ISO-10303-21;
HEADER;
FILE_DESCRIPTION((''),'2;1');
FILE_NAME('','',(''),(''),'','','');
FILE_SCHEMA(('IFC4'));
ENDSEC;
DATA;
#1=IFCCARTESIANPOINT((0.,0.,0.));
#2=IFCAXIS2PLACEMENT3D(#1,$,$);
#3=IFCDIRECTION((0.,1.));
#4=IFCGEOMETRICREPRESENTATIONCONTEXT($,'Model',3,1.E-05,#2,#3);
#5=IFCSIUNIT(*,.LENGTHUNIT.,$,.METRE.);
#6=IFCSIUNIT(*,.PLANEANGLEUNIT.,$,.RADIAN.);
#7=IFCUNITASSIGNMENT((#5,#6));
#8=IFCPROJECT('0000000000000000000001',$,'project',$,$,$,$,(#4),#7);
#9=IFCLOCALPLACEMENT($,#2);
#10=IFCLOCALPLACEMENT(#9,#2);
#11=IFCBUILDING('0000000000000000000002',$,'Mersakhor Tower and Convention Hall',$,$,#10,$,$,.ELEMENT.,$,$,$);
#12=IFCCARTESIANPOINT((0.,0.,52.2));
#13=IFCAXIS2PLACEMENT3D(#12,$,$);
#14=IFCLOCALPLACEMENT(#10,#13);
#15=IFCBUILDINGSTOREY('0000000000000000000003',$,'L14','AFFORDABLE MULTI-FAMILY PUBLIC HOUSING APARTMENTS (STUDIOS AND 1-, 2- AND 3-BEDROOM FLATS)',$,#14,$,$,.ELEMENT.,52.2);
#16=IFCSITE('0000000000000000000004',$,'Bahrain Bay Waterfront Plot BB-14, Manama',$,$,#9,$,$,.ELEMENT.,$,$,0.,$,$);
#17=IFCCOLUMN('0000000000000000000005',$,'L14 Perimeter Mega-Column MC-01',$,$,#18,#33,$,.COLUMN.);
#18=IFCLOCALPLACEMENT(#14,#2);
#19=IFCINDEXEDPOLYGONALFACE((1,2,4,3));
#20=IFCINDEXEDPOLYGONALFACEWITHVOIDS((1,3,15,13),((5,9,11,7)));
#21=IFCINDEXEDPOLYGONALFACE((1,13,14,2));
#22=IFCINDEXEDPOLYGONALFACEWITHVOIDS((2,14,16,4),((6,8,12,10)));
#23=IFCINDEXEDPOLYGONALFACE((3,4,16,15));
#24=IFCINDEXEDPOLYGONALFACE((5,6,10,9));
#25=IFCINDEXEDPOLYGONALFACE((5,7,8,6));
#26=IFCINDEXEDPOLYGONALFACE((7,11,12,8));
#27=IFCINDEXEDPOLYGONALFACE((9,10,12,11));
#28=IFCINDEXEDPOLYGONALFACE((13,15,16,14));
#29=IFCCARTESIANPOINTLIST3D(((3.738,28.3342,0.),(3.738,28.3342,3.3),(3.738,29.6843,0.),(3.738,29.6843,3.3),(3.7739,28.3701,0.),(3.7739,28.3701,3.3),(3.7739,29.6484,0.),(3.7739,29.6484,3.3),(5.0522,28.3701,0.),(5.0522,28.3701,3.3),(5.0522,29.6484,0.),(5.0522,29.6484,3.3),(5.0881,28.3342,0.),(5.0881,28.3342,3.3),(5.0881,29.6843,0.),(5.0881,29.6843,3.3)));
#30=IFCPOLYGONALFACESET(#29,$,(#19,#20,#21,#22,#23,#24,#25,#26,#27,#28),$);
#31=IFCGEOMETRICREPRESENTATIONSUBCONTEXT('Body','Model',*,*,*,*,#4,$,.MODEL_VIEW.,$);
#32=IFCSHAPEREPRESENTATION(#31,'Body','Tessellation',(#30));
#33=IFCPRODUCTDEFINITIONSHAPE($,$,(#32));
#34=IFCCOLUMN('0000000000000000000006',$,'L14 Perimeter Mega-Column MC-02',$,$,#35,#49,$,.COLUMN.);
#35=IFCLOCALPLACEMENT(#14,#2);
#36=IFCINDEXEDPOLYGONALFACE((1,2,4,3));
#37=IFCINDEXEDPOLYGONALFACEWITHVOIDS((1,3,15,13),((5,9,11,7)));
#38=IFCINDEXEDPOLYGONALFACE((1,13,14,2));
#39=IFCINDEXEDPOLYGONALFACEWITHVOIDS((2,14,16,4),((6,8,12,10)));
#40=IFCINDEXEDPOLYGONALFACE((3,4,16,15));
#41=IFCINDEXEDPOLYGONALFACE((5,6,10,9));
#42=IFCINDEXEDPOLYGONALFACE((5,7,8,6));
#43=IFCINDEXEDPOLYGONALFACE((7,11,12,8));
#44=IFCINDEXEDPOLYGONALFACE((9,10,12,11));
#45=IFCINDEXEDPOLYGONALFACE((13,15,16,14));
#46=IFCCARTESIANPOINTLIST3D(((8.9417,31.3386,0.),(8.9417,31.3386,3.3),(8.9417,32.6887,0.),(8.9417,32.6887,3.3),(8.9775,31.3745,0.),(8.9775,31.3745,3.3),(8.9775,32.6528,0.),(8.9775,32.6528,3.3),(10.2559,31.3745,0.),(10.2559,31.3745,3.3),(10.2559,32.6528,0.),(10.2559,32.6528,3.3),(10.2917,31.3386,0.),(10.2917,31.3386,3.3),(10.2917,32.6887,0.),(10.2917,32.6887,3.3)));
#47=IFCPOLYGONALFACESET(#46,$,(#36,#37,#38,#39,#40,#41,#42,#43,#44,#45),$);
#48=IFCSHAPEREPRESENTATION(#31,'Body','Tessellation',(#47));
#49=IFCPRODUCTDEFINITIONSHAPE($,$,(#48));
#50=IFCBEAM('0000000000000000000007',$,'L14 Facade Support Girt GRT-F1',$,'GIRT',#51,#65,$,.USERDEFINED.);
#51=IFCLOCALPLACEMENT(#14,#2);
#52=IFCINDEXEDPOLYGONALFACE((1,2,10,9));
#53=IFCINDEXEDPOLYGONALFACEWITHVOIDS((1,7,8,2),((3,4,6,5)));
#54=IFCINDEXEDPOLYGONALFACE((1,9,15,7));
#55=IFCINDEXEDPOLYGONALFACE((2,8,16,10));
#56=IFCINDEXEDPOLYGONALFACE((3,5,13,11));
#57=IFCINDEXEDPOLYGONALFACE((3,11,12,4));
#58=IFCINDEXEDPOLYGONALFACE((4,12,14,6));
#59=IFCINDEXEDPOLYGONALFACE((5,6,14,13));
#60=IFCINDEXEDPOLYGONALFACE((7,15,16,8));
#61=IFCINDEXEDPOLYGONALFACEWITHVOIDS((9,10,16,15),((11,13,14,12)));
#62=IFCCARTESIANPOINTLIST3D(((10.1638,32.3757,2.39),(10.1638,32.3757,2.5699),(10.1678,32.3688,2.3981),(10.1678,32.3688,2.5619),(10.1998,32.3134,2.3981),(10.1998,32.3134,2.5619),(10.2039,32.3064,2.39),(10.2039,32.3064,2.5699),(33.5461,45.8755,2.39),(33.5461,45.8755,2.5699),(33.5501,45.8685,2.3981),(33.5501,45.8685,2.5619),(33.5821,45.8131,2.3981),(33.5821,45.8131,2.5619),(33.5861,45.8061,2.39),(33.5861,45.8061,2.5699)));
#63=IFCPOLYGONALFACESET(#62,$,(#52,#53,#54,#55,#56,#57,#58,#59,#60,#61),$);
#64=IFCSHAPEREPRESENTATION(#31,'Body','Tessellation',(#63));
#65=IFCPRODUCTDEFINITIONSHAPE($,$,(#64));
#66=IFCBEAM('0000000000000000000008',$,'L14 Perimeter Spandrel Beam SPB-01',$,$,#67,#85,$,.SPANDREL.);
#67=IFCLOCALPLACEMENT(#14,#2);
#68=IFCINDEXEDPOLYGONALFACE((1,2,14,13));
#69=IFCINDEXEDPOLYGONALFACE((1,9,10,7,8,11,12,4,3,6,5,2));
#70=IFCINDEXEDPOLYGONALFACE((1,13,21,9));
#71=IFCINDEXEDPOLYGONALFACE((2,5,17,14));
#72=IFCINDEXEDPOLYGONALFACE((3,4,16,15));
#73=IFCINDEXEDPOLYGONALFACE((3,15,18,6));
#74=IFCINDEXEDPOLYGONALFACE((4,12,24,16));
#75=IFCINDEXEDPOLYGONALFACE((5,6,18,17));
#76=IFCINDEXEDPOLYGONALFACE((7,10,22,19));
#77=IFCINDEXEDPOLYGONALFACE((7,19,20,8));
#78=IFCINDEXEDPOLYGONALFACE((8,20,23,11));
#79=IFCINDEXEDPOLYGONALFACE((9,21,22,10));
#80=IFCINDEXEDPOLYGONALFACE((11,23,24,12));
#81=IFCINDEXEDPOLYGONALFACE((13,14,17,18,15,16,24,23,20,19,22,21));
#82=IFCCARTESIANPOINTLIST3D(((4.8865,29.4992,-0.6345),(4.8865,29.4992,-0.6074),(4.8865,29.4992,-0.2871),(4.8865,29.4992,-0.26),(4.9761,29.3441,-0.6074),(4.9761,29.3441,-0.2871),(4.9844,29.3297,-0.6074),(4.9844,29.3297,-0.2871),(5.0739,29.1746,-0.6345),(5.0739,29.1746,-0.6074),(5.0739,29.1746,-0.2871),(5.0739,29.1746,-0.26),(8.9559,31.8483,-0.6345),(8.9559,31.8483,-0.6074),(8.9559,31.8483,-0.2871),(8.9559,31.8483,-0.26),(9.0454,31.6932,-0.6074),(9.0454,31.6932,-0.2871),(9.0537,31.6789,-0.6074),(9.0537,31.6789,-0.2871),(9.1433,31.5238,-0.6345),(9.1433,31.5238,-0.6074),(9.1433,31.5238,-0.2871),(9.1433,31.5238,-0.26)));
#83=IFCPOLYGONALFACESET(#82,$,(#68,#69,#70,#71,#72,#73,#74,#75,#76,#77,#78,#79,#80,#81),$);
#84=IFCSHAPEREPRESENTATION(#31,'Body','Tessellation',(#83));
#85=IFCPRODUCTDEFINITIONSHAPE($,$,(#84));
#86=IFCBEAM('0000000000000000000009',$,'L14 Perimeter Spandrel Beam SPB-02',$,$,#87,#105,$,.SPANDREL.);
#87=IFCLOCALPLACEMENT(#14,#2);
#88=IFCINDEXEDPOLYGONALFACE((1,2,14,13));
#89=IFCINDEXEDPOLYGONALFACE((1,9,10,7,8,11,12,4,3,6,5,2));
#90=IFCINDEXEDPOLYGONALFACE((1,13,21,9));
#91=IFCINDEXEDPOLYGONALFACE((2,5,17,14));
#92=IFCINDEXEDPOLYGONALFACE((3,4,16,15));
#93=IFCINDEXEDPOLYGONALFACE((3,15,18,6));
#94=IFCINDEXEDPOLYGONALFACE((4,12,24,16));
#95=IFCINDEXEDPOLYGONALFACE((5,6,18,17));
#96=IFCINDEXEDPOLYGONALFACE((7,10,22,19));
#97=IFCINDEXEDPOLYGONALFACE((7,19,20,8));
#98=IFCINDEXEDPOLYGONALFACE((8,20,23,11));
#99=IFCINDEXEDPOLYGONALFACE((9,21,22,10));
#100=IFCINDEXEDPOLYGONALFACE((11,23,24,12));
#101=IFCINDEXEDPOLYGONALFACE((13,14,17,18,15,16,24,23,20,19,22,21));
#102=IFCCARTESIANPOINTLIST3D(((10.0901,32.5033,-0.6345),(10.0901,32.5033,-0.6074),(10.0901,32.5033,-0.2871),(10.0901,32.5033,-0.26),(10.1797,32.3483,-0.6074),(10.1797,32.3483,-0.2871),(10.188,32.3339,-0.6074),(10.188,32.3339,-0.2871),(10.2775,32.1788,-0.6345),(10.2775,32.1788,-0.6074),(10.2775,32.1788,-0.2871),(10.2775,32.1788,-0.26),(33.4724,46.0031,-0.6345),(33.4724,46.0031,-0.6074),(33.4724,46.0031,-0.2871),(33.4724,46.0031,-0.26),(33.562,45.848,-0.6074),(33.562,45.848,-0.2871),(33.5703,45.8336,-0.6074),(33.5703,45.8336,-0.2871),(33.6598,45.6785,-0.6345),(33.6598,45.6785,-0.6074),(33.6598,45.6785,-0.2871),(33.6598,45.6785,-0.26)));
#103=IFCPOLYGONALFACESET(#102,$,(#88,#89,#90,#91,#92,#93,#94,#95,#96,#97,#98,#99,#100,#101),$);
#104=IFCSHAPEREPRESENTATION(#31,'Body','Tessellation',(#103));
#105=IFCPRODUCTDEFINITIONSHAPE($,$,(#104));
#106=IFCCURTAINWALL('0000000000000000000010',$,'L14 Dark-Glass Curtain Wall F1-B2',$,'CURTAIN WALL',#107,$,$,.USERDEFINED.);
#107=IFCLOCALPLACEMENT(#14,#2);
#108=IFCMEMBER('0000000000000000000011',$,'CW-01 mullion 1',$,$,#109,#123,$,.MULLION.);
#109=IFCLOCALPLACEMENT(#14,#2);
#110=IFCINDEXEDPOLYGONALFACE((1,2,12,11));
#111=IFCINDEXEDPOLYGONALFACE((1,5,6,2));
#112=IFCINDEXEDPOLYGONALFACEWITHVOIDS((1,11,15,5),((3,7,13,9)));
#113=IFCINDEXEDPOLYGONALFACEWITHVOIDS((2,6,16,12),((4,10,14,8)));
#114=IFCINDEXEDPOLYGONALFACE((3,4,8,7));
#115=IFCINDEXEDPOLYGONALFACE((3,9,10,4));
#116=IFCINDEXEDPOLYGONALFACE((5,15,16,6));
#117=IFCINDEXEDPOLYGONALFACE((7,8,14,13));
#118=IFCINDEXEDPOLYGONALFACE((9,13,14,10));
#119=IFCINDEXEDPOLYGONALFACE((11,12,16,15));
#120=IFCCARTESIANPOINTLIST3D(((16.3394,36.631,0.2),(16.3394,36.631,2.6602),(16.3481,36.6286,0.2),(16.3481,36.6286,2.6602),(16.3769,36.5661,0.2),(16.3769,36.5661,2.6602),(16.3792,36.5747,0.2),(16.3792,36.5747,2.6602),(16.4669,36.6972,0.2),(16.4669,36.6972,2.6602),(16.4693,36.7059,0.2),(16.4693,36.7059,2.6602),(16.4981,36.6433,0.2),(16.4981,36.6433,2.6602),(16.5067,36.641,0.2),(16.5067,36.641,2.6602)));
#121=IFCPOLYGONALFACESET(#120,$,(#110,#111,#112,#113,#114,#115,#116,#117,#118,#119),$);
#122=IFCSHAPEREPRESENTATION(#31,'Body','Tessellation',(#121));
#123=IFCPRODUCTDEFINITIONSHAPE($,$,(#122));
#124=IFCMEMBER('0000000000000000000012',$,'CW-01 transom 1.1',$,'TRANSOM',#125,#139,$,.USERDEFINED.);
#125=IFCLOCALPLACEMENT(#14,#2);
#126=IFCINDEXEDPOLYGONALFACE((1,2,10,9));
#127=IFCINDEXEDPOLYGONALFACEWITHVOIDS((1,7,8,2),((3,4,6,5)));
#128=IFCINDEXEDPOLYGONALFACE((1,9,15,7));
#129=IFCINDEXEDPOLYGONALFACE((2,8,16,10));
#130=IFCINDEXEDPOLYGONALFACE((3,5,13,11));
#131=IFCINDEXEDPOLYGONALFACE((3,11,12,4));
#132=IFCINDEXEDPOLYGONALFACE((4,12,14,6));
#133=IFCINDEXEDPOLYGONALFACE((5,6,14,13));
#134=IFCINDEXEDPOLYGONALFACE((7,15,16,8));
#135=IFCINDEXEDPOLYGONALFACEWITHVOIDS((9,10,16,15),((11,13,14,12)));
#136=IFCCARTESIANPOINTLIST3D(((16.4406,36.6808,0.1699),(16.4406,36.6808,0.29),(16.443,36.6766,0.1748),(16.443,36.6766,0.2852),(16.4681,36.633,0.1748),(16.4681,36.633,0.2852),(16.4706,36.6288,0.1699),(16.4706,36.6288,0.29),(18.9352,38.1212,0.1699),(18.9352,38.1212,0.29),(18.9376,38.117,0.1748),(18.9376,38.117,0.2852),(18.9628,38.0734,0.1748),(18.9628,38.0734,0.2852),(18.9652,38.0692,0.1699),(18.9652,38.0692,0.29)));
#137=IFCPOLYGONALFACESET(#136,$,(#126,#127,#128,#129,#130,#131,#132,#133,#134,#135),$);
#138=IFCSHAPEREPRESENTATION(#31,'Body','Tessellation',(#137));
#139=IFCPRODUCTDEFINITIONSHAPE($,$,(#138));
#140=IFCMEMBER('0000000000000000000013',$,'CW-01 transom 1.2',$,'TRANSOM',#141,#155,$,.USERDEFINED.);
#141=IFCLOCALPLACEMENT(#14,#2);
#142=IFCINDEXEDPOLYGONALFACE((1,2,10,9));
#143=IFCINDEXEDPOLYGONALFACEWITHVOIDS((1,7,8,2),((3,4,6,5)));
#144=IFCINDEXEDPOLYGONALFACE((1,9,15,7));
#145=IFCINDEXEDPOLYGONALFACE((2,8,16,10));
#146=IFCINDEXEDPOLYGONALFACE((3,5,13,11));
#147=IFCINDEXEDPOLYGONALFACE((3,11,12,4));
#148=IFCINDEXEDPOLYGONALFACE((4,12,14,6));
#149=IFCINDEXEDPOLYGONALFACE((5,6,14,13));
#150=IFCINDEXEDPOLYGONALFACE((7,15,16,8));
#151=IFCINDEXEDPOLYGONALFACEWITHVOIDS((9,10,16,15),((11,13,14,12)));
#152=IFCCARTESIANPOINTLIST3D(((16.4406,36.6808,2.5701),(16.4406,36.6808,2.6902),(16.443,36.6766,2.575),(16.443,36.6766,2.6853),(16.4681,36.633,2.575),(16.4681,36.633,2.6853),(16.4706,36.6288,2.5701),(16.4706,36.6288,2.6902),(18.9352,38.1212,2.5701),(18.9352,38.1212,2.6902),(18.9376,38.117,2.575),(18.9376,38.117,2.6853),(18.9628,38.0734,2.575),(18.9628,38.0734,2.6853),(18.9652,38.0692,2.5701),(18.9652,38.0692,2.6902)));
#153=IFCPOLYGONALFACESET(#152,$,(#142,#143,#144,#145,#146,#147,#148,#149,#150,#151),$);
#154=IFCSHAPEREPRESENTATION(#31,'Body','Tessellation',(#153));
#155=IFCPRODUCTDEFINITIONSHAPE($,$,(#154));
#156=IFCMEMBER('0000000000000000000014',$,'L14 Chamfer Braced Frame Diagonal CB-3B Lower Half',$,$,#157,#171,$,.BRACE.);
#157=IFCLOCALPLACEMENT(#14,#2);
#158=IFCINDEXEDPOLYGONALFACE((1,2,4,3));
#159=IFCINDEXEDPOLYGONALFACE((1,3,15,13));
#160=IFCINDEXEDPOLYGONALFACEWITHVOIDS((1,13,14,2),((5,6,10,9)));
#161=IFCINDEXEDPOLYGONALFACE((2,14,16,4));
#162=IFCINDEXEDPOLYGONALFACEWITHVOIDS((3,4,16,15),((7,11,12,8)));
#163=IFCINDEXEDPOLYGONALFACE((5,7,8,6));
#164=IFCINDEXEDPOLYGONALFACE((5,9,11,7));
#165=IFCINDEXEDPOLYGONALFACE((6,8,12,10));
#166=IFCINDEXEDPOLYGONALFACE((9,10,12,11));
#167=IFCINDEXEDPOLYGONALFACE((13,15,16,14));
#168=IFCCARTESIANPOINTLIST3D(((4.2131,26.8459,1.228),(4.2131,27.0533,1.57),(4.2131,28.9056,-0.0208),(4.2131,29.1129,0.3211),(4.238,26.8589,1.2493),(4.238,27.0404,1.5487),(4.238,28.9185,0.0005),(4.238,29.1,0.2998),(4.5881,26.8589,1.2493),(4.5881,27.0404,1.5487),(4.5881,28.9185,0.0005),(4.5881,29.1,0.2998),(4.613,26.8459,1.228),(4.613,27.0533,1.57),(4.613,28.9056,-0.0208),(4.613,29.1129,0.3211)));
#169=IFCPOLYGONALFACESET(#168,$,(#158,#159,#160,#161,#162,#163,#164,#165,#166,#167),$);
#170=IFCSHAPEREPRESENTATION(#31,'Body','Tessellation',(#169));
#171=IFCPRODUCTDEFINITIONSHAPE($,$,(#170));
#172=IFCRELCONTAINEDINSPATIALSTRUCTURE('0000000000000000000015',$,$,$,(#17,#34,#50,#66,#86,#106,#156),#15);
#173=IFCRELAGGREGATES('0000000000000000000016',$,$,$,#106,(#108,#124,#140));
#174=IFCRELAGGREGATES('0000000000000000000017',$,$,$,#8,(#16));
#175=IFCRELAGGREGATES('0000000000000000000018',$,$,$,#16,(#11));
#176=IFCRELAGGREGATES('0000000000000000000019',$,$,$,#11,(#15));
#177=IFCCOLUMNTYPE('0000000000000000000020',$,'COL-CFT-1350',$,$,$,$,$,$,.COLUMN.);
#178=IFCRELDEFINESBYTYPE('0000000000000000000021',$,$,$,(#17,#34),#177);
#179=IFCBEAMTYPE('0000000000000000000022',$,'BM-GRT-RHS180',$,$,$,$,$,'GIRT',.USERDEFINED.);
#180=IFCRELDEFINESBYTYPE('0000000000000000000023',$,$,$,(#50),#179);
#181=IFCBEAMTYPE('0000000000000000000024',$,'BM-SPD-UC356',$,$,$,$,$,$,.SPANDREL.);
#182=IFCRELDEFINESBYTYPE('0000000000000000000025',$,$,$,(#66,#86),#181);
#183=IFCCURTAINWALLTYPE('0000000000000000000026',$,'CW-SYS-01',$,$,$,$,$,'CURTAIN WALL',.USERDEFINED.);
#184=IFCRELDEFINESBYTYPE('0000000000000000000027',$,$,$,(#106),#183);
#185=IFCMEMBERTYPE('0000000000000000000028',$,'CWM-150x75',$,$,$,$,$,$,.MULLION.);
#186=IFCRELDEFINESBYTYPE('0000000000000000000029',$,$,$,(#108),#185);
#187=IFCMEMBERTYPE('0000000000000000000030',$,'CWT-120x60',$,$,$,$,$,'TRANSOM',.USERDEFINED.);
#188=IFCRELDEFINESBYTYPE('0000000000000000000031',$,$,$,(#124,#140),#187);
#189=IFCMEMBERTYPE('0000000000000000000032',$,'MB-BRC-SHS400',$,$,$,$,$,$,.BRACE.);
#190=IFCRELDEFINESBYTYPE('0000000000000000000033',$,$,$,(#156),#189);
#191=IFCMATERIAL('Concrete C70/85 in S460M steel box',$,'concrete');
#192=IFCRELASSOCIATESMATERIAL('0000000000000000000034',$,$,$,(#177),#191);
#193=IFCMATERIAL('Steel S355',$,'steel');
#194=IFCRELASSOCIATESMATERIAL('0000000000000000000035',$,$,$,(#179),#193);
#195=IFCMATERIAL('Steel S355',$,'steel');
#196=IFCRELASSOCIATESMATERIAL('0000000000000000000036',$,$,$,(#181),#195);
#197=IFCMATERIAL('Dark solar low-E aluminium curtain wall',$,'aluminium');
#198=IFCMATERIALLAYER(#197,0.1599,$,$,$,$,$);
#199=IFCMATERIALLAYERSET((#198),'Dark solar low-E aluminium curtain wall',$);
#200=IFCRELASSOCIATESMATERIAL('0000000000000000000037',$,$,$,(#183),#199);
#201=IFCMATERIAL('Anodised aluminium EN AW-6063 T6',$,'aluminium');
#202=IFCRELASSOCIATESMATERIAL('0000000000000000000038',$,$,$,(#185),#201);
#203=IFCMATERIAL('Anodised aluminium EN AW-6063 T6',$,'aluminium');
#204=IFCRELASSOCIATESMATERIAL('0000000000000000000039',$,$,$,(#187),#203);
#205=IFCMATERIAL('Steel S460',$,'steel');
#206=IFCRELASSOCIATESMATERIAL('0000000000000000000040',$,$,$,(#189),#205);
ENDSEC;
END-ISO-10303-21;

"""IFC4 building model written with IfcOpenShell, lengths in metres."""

from ifc_helpers import new_model, si_unit, direction, frame, origin, origin_2d, place, context, subcontext, project, spatial, hollow_rectangle, i_section, extrude, material, layer, layer_set, material_profile, profile_set, type_object, element, aggregate, save


model = new_model("IFC4")

# Units and contexts
model_context = context("Model", 3, precision=1e-05, world=origin(), true_north=direction((0.0, 1.0)))
body_context = subcontext(model_context, "Body", "Model", "MODEL_VIEW")
ifc_project = project(units=[si_unit("LENGTHUNIT", "METRE"), si_unit("PLANEANGLEUNIT", "RADIAN")], contexts=[model_context])

# Site, building, storey
site_placement = place(None, origin())
site = spatial("IfcSite", under=ifc_project, at=site_placement, Name="Bahrain Bay Waterfront Plot BB-14, Manama", CompositionType="ELEMENT", RefElevation=0.0)
building_placement = place(site_placement, origin())
building = spatial("IfcBuilding", under=site, at=building_placement, Name="Mersakhor Tower and Convention Hall", CompositionType="ELEMENT")
storey_placement = place(building_placement, frame((0.0, 0.0, 52.2)))
storey = spatial("IfcBuildingStorey", under=building, at=storey_placement, Name="L14", Description="AFFORDABLE MULTI-FAMILY PUBLIC HOUSING APARTMENTS (STUDIOS AND 1-, 2- AND 3-BEDROOM FLATS)", CompositionType="ELEMENT", Elevation=52.2)

# Columns
ifc_material_1 = material(Name="Concrete C70/85 in S460M steel box", Category="concrete")
ifc_material_profile_1 = material_profile(ifc_material_1, hollow_rectangle(XDim=1.3501, YDim=1.3501, WallThickness=0.0359, at=origin_2d()), Name="SHS 1350x1350x36")
ifc_profile_set_1 = profile_set([ifc_material_profile_1], Name="Concrete C70/85 in S460M steel box")
column_type = type_object("IfcColumnType", Name="COL-CFT-1350", PredefinedType="COLUMN", material=ifc_profile_set_1)
for number, where, z_axis, x_axis, name in (
    (1, (4.4131, 29.0093, 0.0), (0.0, 0.0, 1.0), (1.0, 0.0, 0.0), "L14 Perimeter Mega-Column MC-01"),
    (2, (9.6167, 32.0137, 0.0), (0.0, 0.0, 1.0), (1.0, 0.0, 0.0), "L14 Perimeter Mega-Column MC-02"),
):
    element("IfcColumn", number, at=place(storey_placement, frame(where, z_axis=z_axis, x_axis=x_axis)), inside=storey, type_object=column_type, Name=name, PredefinedType="COLUMN", context=body_context, shape_type="SweptSolid", body=[
        extrude(hollow_rectangle(XDim=1.3501, YDim=1.3501, WallThickness=0.0359, at=origin_2d()), origin(), (0.0, 0.0, 1.0), 3.3),
    ])

# Beams
ifc_material_2 = material(Name="Steel S355", Category="steel")
ifc_material_profile_2 = material_profile(ifc_material_2, hollow_rectangle(XDim=0.0801, YDim=0.1799, WallThickness=0.0081, at=origin_2d()), Name="RHS 180x80x8")
ifc_profile_set_2 = profile_set([ifc_material_profile_2], Name="Steel S355")
beam_type_1 = type_object("IfcBeamType", Name="BM-GRT-RHS180", ElementType="GIRT", PredefinedType="USERDEFINED", material=ifc_profile_set_2)
beam_1_placement = place(storey_placement, frame((10.1838, 32.3411, 2.48), z_axis=(0.866026, 0.499999, 0.0), x_axis=(-0.499999, 0.866026, 0.0)))
element("IfcBeam", 3, at=beam_1_placement, inside=storey, type_object=beam_type_1, Name="L14 Facade Support Girt GRT-F1", ObjectType="GIRT", PredefinedType="USERDEFINED", context=body_context, shape_type="SweptSolid", body=[
    extrude(hollow_rectangle(XDim=0.0801, YDim=0.1799, WallThickness=0.0081, at=origin_2d()), origin(), (0.0, 0.0, 1.0), 26.9995),
])
ifc_material_3 = material(Name="Steel S355", Category="steel")
ifc_material_profile_3 = material_profile(ifc_material_3, i_section(OverallWidth=0.3748, OverallDepth=0.3745, WebThickness=0.0166, FlangeThickness=0.0271, at=origin_2d()), Name="UC 356x368x202")
ifc_profile_set_3 = profile_set([ifc_material_profile_3], Name="Steel S355")
beam_type_2 = type_object("IfcBeamType", Name="BM-SPD-UC356", PredefinedType="SPANDREL", material=ifc_profile_set_3)
beam_2_placement = place(storey_placement, frame((4.9802, 29.3369, -0.4473), z_axis=(0.866054, 0.49995, 0.0), x_axis=(-0.49995, 0.866054, 0.0)))
element("IfcBeam", 4, at=beam_2_placement, inside=storey, type_object=beam_type_2, Name="L14 Perimeter Spandrel Beam SPB-01", PredefinedType="SPANDREL", context=body_context, shape_type="SweptSolid", body=[
    extrude(i_section(OverallWidth=0.3748, OverallDepth=0.3745, WebThickness=0.0166, FlangeThickness=0.0271, at=origin_2d()), origin(), (0.0, 0.0, 1.0), 4.6987),
])
beam_3_placement = place(storey_placement, frame((10.1838, 32.3411, -0.4473), z_axis=(0.866026, 0.499999, 0.0), x_axis=(-0.499999, 0.866026, 0.0)))
element("IfcBeam", 5, at=beam_3_placement, inside=storey, type_object=beam_type_2, Name="L14 Perimeter Spandrel Beam SPB-02", PredefinedType="SPANDREL", context=body_context, shape_type="SweptSolid", body=[
    extrude(i_section(OverallWidth=0.3748, OverallDepth=0.3745, WebThickness=0.0166, FlangeThickness=0.0271, at=origin_2d()), origin(), (0.0, 0.0, 1.0), 26.9995),
])

# Curtain wall, members
ifc_material_4 = material(Name="Dark solar low-E aluminium curtain wall", Category="aluminium")
ifc_layer_1 = layer(ifc_material_4, 0.1599)
ifc_layer_set_1 = layer_set([ifc_layer_1], Name="Dark solar low-E aluminium curtain wall")
curtain_wall_type = type_object("IfcCurtainWallType", Name="CW-SYS-01", ElementType="CURTAIN WALL", PredefinedType="USERDEFINED", material=ifc_layer_set_1)
curtain_wall_placement = place(storey_placement, origin())
curtain_wall = element("IfcCurtainWall", 6, at=curtain_wall_placement, inside=storey, type_object=curtain_wall_type, Name="L14 Dark-Glass Curtain Wall F1-B2", ObjectType="CURTAIN WALL", PredefinedType="USERDEFINED")
ifc_material_5 = material(Name="Anodised aluminium EN AW-6063 T6", Category="aluminium")
ifc_material_profile_4 = material_profile(ifc_material_5, hollow_rectangle(XDim=0.075, YDim=0.1499, WallThickness=0.0063, at=origin_2d()), Name="RHS 150x75x6.3")
ifc_profile_set_4 = profile_set([ifc_material_profile_4], Name="Anodised aluminium EN AW-6063 T6")
member_type_1 = type_object("IfcMemberType", Name="CWM-150x75", PredefinedType="MULLION", material=ifc_profile_set_4)
member_1_placement = place(storey_placement, frame((16.4231, 36.636, 0.2), z_axis=(0.0, 0.0, 1.0), x_axis=(-0.500003, 0.866023, 0.0)))
member_1 = element("IfcMember", 7, at=member_1_placement, type_object=member_type_1, Name="CW-01 mullion 1", PredefinedType="MULLION", context=body_context, shape_type="SweptSolid", body=[
    extrude(hollow_rectangle(XDim=0.075, YDim=0.1499, WallThickness=0.0063, at=origin_2d()), origin(), (0.0, 0.0, 1.0), 2.4602),
])
ifc_material_6 = material(Name="Anodised aluminium EN AW-6063 T6", Category="aluminium")
ifc_material_profile_5 = material_profile(ifc_material_6, hollow_rectangle(XDim=0.0601, YDim=0.1201, WallThickness=0.0049, at=origin_2d()), Name="RHS 120x60x5")
ifc_profile_set_5 = profile_set([ifc_material_profile_5], Name="Anodised aluminium EN AW-6063 T6")
member_type_2 = type_object("IfcMemberType", Name="CWT-120x60", ElementType="TRANSOM", PredefinedType="USERDEFINED", material=ifc_profile_set_5)
member_2_placement = place(storey_placement, frame((16.4556, 36.6548, 0.23), z_axis=(0.866002, 0.50004, 0.0), x_axis=(-0.50004, 0.866002, 0.0)))
member_2 = element("IfcMember", 8, at=member_2_placement, type_object=member_type_2, Name="CW-01 transom 1.1", ObjectType="TRANSOM", PredefinedType="USERDEFINED", context=body_context, shape_type="SweptSolid", body=[
    extrude(hollow_rectangle(XDim=0.0601, YDim=0.1201, WallThickness=0.0049, at=origin_2d()), origin(), (0.0, 0.0, 1.0), 2.8806),
])
member_3_placement = place(storey_placement, frame((16.4556, 36.6548, 2.6301), z_axis=(0.866002, 0.50004, 0.0), x_axis=(-0.50004, 0.866002, 0.0)))
member_3 = element("IfcMember", 9, at=member_3_placement, type_object=member_type_2, Name="CW-01 transom 1.2", ObjectType="TRANSOM", PredefinedType="USERDEFINED", context=body_context, shape_type="SweptSolid", body=[
    extrude(hollow_rectangle(XDim=0.0601, YDim=0.1201, WallThickness=0.0049, at=origin_2d()), origin(), (0.0, 0.0, 1.0), 2.8806),
])
aggregate(curtain_wall, [member_1, member_2, member_3])

# Member
ifc_material_7 = material(Name="Steel S460", Category="steel")
ifc_material_profile_6 = material_profile(ifc_material_7, hollow_rectangle(XDim=0.3999, YDim=0.3999, WallThickness=0.0249, at=origin_2d()), Name="SHS 400x400x25")
ifc_profile_set_6 = profile_set([ifc_material_profile_6], Name="Steel S460")
member_type_3 = type_object("IfcMemberType", Name="MB-BRC-SHS400", PredefinedType="BRACE", material=ifc_profile_set_6)
member_4_placement = place(storey_placement, frame((4.4131, 29.0093, 0.1501), z_axis=(0.0, -0.855096, 0.51847), x_axis=(1.0, 0.0, 0.0)))
element("IfcMember", 10, at=member_4_placement, inside=storey, type_object=member_type_3, Name="L14 Chamfer Braced Frame Diagonal CB-3B Lower Half", PredefinedType="BRACE", context=body_context, shape_type="SweptSolid", body=[
    extrude(hollow_rectangle(XDim=0.3999, YDim=0.3999, WallThickness=0.0249, at=origin_2d()), origin(), (0.0, 0.0, 1.0), 2.4087),
])

save(model, "model.ifc")
